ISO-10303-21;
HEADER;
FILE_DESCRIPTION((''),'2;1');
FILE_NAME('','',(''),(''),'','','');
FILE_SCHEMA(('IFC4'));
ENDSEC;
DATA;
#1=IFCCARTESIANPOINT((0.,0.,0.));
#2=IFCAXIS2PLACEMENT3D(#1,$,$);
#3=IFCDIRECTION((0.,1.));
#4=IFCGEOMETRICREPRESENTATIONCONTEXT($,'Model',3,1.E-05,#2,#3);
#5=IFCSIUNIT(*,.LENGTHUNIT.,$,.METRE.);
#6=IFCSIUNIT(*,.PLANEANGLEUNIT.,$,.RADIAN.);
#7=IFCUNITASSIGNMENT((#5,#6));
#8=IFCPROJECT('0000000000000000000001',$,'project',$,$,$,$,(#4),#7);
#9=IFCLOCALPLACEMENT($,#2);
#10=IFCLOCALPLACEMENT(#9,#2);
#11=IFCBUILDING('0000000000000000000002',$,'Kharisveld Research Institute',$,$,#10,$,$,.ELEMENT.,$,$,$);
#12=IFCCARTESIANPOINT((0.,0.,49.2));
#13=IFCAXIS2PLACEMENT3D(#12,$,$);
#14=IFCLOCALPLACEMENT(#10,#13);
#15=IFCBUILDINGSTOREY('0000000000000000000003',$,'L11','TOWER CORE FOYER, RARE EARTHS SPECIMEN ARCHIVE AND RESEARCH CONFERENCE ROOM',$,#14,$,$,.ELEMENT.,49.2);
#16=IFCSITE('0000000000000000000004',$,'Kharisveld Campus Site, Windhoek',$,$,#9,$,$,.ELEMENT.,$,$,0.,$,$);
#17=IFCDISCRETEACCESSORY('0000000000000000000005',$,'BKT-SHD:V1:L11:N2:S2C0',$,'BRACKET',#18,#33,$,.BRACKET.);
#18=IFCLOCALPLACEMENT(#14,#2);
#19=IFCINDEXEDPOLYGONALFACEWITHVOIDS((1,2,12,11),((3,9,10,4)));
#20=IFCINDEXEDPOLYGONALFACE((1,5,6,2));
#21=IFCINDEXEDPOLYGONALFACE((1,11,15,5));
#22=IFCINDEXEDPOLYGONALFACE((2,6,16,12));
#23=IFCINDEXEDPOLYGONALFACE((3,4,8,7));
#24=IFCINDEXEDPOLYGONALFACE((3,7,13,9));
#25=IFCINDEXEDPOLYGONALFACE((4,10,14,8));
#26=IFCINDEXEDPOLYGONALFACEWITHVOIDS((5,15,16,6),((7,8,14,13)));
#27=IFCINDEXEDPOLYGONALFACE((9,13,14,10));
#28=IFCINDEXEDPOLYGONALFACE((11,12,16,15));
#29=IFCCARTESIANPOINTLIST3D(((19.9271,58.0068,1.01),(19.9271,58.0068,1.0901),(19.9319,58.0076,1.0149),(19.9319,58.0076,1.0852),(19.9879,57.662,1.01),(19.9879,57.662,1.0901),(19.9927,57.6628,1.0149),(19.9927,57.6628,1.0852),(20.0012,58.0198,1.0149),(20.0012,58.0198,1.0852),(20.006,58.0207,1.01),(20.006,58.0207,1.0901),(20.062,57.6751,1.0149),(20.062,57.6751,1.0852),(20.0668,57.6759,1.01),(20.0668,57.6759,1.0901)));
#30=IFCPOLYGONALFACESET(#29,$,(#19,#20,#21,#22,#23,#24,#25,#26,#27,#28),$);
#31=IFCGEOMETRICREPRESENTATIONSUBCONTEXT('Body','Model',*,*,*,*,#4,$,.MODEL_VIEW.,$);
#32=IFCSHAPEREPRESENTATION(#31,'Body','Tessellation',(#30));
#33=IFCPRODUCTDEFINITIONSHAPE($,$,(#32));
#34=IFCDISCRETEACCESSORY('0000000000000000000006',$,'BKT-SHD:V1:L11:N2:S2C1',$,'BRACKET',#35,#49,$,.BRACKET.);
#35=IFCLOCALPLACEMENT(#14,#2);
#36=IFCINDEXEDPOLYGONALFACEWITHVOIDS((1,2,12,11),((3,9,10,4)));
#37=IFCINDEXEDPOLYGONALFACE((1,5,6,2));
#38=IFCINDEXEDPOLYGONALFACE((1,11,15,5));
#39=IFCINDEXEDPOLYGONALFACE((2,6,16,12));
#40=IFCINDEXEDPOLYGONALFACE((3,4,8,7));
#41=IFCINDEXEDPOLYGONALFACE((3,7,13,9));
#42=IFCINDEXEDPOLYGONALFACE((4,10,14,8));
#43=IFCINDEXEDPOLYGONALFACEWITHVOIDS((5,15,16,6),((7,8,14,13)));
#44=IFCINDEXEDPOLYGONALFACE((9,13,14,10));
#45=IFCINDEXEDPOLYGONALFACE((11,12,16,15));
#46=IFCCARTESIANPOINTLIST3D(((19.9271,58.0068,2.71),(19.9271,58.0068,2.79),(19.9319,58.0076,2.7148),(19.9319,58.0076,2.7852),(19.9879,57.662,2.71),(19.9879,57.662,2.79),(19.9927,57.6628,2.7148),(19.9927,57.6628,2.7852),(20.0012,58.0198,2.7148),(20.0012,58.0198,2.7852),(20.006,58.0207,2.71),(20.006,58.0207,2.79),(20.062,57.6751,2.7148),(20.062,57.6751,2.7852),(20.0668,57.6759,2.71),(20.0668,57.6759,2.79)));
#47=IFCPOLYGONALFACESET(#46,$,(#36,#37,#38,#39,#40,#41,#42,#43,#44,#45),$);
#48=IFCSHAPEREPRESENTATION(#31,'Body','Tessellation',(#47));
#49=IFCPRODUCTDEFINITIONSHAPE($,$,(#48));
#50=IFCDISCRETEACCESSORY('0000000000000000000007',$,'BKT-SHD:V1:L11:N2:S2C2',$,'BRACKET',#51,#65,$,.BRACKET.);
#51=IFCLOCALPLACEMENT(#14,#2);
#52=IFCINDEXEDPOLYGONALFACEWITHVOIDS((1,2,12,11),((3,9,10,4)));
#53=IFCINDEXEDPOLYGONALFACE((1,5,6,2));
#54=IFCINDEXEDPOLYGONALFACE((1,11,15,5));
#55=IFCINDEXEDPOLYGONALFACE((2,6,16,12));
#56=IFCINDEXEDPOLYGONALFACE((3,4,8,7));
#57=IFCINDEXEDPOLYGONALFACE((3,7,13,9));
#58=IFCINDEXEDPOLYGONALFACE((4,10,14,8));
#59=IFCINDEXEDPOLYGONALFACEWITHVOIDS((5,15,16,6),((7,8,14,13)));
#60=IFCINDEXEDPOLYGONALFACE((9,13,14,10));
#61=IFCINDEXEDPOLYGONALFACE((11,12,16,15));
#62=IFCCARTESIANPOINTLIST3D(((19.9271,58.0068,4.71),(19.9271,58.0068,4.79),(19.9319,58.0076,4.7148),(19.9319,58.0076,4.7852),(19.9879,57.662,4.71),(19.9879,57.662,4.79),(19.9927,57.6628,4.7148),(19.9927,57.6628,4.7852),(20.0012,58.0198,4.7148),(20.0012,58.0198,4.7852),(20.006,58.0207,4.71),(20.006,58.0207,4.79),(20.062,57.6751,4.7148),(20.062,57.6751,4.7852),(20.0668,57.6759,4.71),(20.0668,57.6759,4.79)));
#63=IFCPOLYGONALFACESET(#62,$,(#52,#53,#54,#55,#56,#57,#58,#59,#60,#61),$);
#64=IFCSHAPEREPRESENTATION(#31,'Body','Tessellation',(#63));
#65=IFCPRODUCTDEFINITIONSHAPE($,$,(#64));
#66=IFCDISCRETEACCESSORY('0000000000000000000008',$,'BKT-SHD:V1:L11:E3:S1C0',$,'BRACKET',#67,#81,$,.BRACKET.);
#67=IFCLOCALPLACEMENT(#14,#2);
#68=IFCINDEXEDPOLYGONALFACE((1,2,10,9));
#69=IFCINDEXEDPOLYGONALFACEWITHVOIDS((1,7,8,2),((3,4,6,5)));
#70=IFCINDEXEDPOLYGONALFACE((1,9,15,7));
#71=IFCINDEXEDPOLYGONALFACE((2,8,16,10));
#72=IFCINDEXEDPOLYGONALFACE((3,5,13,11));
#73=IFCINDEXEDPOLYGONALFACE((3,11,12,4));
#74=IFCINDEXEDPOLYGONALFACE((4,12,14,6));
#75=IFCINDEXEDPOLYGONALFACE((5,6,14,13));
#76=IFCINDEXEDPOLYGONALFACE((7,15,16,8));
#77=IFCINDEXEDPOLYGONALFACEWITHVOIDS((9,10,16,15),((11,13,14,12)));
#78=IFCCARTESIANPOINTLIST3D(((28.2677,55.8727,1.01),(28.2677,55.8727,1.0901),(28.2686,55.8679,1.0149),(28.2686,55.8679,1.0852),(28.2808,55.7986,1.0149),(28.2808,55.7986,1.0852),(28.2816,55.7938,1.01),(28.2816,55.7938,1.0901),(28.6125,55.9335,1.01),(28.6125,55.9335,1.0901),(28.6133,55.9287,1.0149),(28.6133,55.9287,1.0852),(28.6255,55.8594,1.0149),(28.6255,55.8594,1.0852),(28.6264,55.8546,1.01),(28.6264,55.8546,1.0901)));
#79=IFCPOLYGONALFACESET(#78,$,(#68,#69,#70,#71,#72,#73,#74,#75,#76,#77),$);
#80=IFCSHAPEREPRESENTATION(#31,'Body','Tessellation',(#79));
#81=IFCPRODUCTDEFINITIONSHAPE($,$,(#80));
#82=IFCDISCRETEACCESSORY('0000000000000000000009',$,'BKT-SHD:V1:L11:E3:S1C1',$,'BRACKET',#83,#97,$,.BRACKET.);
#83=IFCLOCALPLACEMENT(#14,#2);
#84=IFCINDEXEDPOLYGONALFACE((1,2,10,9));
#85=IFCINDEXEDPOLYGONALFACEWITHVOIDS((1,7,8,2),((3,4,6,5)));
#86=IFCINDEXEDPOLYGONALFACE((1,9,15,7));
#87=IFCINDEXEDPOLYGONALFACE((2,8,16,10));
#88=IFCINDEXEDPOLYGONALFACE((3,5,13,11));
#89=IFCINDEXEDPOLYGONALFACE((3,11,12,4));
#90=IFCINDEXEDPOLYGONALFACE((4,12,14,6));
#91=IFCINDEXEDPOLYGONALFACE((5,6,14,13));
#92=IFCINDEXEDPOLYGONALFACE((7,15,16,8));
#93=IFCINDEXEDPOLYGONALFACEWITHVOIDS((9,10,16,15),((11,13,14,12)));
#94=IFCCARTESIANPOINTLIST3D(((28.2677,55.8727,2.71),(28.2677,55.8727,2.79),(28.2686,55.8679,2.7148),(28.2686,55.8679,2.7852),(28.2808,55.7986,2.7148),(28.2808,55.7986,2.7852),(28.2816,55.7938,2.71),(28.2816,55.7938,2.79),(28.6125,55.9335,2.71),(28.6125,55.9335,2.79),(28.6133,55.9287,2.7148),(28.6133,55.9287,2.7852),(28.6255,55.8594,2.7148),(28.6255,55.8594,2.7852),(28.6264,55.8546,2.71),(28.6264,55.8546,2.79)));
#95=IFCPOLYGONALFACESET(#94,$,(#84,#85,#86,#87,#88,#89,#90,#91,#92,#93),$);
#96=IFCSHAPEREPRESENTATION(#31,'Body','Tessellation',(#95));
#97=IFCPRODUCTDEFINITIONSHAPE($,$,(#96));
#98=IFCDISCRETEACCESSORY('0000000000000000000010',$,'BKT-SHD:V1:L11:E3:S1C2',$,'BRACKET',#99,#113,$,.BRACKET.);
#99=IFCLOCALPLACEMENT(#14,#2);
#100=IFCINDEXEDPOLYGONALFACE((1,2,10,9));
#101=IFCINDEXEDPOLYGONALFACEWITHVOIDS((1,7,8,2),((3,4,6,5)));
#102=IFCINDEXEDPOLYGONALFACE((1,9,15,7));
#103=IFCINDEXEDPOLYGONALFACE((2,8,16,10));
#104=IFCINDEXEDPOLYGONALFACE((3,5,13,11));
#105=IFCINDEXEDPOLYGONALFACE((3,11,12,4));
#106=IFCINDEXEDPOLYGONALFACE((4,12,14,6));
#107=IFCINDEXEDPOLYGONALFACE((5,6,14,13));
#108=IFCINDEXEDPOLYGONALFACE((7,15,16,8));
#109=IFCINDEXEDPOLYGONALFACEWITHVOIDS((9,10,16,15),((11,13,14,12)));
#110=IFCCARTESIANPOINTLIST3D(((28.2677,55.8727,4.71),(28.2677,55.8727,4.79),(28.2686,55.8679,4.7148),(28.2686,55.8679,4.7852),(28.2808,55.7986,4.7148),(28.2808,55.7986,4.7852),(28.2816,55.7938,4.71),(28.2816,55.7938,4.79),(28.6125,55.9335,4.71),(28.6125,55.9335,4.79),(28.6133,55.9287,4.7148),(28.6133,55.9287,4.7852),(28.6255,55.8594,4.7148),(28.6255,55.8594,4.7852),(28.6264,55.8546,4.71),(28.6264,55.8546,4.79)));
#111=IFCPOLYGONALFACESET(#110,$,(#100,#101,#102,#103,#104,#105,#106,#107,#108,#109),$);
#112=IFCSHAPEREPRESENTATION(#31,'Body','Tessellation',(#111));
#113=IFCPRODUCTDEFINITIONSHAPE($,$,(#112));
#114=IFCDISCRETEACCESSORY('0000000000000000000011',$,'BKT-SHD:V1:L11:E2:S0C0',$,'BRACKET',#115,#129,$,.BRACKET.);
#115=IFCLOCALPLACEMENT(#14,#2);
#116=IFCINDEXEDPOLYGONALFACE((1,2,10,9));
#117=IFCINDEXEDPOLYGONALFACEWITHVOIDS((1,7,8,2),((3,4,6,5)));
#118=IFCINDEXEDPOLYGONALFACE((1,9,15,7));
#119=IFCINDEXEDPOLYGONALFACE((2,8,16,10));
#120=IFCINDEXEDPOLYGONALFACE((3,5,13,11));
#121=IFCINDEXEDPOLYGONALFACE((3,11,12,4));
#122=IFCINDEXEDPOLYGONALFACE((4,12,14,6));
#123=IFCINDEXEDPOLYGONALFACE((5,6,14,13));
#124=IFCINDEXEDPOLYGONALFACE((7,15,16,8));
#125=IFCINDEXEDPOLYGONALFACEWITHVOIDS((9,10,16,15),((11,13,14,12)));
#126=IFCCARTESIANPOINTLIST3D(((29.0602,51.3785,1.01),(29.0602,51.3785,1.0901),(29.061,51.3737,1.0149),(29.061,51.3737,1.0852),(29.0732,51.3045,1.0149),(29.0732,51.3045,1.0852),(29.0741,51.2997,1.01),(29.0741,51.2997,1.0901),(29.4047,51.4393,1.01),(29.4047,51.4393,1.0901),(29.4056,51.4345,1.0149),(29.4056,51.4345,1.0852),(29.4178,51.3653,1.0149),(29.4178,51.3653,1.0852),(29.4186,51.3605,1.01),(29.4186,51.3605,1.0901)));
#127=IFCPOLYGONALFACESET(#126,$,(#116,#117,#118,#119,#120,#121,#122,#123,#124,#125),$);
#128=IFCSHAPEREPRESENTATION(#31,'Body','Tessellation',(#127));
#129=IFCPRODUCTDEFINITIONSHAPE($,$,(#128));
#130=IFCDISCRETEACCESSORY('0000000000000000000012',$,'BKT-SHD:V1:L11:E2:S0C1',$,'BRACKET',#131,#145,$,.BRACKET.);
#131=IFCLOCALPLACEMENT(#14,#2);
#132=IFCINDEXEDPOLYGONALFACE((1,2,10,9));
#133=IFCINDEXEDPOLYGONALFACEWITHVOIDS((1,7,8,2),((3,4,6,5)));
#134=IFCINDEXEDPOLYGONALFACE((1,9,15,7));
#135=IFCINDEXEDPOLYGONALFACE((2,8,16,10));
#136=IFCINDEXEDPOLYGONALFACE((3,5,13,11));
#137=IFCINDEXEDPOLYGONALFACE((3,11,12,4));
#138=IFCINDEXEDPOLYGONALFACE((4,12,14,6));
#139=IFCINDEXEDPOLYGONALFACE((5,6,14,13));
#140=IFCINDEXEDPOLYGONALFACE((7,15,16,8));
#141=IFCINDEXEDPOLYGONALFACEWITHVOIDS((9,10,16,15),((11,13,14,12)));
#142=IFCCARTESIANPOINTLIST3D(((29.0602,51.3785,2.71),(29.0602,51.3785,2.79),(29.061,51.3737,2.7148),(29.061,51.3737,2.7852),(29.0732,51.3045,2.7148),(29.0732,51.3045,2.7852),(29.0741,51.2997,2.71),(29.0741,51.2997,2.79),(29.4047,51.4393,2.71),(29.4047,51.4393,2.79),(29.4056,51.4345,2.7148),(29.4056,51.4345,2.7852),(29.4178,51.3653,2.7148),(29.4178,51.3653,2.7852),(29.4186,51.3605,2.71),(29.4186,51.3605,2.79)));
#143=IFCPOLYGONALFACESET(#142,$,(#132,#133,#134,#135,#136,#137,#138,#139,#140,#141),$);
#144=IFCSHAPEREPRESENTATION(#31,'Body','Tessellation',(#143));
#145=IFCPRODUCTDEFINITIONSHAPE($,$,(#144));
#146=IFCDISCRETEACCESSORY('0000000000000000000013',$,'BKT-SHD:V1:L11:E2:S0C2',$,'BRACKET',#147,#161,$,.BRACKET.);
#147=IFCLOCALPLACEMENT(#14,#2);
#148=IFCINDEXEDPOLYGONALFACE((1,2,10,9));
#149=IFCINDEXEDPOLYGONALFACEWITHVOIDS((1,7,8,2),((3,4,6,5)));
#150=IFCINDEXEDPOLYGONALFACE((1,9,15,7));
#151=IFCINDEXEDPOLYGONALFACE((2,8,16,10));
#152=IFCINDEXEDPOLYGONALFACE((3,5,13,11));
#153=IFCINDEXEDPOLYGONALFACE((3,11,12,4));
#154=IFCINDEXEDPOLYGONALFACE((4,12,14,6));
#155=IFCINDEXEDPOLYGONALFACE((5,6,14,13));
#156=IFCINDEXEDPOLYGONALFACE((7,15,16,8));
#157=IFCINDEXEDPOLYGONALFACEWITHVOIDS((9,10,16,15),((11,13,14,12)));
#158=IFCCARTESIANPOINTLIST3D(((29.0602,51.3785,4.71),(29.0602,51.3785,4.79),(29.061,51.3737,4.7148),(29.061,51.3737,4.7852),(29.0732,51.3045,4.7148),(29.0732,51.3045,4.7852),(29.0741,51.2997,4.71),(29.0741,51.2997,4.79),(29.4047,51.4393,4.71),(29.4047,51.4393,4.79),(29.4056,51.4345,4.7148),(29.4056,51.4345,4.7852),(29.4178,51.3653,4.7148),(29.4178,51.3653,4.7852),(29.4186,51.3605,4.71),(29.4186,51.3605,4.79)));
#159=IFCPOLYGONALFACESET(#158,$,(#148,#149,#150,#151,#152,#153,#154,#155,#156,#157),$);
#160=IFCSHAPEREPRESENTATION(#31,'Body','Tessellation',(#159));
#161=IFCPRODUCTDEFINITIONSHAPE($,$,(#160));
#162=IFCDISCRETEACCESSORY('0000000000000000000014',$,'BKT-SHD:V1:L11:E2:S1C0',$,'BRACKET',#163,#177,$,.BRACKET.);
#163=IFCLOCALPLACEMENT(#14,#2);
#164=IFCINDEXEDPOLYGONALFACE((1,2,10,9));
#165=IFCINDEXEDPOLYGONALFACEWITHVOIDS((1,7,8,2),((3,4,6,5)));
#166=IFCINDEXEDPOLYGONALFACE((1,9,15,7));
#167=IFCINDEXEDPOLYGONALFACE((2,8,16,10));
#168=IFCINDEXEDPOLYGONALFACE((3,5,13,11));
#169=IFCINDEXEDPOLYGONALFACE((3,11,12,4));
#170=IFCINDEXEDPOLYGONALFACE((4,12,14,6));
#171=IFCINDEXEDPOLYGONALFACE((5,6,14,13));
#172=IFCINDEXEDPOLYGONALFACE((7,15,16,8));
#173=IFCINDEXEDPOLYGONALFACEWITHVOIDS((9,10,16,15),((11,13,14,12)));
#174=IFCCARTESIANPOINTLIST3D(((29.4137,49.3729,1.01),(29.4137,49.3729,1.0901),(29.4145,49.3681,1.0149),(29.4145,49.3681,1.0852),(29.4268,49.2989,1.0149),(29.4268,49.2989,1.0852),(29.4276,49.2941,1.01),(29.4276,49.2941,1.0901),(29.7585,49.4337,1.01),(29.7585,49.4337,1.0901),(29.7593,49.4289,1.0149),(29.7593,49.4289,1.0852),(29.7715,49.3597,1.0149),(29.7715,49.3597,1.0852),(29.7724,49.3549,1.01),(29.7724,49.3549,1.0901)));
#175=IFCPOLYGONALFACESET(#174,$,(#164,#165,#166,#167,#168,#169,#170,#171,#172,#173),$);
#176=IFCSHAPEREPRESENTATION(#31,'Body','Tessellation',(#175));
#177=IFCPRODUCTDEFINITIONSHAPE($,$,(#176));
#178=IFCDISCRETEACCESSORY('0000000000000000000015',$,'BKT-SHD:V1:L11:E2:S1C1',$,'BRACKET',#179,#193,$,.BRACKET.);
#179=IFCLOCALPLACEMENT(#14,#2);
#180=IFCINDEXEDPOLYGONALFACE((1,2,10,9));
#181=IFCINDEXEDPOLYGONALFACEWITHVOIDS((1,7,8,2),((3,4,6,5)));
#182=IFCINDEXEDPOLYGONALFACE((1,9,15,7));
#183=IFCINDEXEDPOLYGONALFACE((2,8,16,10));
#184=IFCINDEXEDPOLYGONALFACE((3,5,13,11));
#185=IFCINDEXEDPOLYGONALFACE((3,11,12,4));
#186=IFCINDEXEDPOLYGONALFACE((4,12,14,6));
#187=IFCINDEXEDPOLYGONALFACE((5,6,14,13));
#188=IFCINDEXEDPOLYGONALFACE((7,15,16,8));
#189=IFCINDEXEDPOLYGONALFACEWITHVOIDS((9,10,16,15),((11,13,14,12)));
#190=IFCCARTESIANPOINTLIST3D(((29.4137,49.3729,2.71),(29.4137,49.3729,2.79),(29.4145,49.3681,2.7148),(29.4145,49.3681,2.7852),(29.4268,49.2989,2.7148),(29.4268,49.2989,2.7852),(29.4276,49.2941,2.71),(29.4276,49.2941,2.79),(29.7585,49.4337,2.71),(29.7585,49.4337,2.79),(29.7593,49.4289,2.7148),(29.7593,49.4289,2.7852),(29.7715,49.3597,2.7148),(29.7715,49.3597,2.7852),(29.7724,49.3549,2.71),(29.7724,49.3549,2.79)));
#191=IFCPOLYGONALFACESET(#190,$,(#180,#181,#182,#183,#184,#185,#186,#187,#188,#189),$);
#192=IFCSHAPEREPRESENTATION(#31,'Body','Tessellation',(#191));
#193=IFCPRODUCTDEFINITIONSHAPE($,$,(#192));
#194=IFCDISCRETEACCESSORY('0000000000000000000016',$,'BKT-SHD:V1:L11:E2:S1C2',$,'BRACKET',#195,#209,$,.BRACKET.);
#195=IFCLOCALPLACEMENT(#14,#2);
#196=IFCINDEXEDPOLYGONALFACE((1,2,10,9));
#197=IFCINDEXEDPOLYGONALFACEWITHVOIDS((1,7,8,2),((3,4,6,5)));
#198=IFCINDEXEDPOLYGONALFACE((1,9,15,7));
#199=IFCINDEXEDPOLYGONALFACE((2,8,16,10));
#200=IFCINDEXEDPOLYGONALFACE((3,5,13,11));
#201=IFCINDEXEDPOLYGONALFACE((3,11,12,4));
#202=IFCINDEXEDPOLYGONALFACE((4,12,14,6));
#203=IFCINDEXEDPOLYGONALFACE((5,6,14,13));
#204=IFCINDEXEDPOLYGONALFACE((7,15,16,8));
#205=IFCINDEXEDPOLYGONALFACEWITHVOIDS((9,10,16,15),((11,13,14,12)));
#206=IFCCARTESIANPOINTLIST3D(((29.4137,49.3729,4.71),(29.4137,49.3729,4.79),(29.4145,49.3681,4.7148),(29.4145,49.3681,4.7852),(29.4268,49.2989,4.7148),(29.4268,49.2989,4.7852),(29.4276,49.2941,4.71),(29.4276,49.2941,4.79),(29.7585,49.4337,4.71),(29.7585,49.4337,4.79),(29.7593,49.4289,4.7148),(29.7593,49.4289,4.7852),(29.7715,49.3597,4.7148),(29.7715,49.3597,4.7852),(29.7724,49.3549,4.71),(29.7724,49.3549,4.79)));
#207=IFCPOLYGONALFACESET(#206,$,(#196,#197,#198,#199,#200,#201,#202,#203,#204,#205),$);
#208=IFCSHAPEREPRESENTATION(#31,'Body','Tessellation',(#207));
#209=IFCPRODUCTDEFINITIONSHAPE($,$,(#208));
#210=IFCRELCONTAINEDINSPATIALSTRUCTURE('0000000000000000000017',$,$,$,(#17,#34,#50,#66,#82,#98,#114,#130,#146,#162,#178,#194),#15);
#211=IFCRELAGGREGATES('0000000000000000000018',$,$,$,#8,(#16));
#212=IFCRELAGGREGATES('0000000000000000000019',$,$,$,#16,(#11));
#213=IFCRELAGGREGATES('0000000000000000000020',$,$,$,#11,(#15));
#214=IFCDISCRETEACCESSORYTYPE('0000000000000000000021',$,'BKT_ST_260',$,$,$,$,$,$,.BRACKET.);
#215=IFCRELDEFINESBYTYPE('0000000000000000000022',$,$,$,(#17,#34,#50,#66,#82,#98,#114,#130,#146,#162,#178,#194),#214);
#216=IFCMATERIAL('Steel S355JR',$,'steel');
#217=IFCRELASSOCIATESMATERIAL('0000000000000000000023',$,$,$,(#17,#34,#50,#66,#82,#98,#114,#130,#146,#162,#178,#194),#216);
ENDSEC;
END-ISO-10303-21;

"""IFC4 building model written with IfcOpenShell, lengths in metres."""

from ifc_helpers import new_model, si_unit, direction, frame, origin, origin_2d, place, context, subcontext, project, spatial, hollow_rectangle, extrude, material, type_object, element, save


model = new_model("IFC4")

# Units and contexts
model_context = context("Model", 3, precision=1e-05, world=origin(), true_north=direction((0.0, 1.0)))
body_context = subcontext(model_context, "Body", "Model", "MODEL_VIEW")
ifc_project = project(units=[si_unit("LENGTHUNIT", "METRE"), si_unit("PLANEANGLEUNIT", "RADIAN")], contexts=[model_context])

# Site, building, storey
site_placement = place(None, origin())
site = spatial("IfcSite", under=ifc_project, at=site_placement, Name="Kharisveld Campus Site, Windhoek", CompositionType="ELEMENT", RefElevation=0.0)
building_placement = place(site_placement, origin())
building = spatial("IfcBuilding", under=site, at=building_placement, Name="Kharisveld Research Institute", CompositionType="ELEMENT")
storey_placement = place(building_placement, frame((0.0, 0.0, 49.2)))
storey = spatial("IfcBuildingStorey", under=building, at=storey_placement, Name="L11", Description="TOWER CORE FOYER, RARE EARTHS SPECIMEN ARCHIVE AND RESEARCH CONFERENCE ROOM", CompositionType="ELEMENT", Elevation=49.2)

# Discrete accessories
ifc_material_1 = material(Name="Steel S355JR", Category="steel")
discrete_accessory_type = type_object("IfcDiscreteAccessoryType", Name="BKT_ST_260", PredefinedType="BRACKET")
for number, where, z_axis, x_axis, name in (
    (1, (20.0273, 57.6689, 1.05), (-0.173666, 0.984805, 0.0), (-0.984805, -0.173666, 0.0), "BKT-SHD:V1:L11:N2:S2C0"),
    (2, (20.0273, 57.6689, 2.75), (-0.173666, 0.984805, 0.0), (-0.984805, -0.173666, 0.0), "BKT-SHD:V1:L11:N2:S2C1"),
    (3, (20.0273, 57.6689, 4.75), (-0.173666, 0.984805, 0.0), (-0.984805, -0.173666, 0.0), "BKT-SHD:V1:L11:N2:S2C2"),
    (4, (28.2747, 55.8333, 1.05), (0.984805, 0.173666, 0.0), (-0.173666, 0.984805, 0.0), "BKT-SHD:V1:L11:E3:S1C0"),
    (5, (28.2747, 55.8333, 2.75), (0.984805, 0.173666, 0.0), (-0.173666, 0.984805, 0.0), "BKT-SHD:V1:L11:E3:S1C1"),
    (6, (28.2747, 55.8333, 4.75), (0.984805, 0.173666, 0.0), (-0.173666, 0.984805, 0.0), "BKT-SHD:V1:L11:E3:S1C2"),
):
    element("IfcDiscreteAccessory", number, at=place(storey_placement, frame(where, z_axis=z_axis, x_axis=x_axis)), inside=storey, type_object=discrete_accessory_type, material=ifc_material_1, Name=name, ObjectType="BRACKET", PredefinedType="BRACKET", context=body_context, shape_type="SweptSolid", body=[
        extrude(hollow_rectangle(XDim=0.0801, YDim=0.0801, WallThickness=0.0049, at=origin_2d()), origin(), (0.0, 0.0, 1.0), 0.3501),
    ])
for number, where, z_axis, x_axis, name in (
    (7, (29.0671, 51.3391, 1.05), (0.984784, 0.173785, 0.0), (-0.173785, 0.984784, 0.0), "BKT-SHD:V1:L11:E2:S0C0"),
    (8, (29.0671, 51.3391, 2.75), (0.984784, 0.173785, 0.0), (-0.173785, 0.984784, 0.0), "BKT-SHD:V1:L11:E2:S0C1"),
    (9, (29.0671, 51.3391, 4.75), (0.984784, 0.173785, 0.0), (-0.173785, 0.984784, 0.0), "BKT-SHD:V1:L11:E2:S0C2"),
):
    element("IfcDiscreteAccessory", number, at=place(storey_placement, frame(where, z_axis=z_axis, x_axis=x_axis)), inside=storey, type_object=discrete_accessory_type, material=ifc_material_1, Name=name, ObjectType="BRACKET", PredefinedType="BRACKET", context=body_context, shape_type="SweptSolid", body=[
        extrude(hollow_rectangle(XDim=0.0801, YDim=0.0801, WallThickness=0.0049, at=origin_2d()), origin(), (0.0, 0.0, 1.0), 0.3499),
    ])
for number, where, z_axis, x_axis, name in (
    (10, (29.4207, 49.3335, 1.05), (0.984805, 0.173666, 0.0), (-0.173666, 0.984805, 0.0), "BKT-SHD:V1:L11:E2:S1C0"),
    (11, (29.4207, 49.3335, 2.75), (0.984805, 0.173666, 0.0), (-0.173666, 0.984805, 0.0), "BKT-SHD:V1:L11:E2:S1C1"),
    (12, (29.4207, 49.3335, 4.75), (0.984805, 0.173666, 0.0), (-0.173666, 0.984805, 0.0), "BKT-SHD:V1:L11:E2:S1C2"),
):
    element("IfcDiscreteAccessory", number, at=place(storey_placement, frame(where, z_axis=z_axis, x_axis=x_axis)), inside=storey, type_object=discrete_accessory_type, material=ifc_material_1, Name=name, ObjectType="BRACKET", PredefinedType="BRACKET", context=body_context, shape_type="SweptSolid", body=[
        extrude(hollow_rectangle(XDim=0.0801, YDim=0.0801, WallThickness=0.0049, at=origin_2d()), origin(), (0.0, 0.0, 1.0), 0.3501),
    ])

save(model, "model.ifc")
